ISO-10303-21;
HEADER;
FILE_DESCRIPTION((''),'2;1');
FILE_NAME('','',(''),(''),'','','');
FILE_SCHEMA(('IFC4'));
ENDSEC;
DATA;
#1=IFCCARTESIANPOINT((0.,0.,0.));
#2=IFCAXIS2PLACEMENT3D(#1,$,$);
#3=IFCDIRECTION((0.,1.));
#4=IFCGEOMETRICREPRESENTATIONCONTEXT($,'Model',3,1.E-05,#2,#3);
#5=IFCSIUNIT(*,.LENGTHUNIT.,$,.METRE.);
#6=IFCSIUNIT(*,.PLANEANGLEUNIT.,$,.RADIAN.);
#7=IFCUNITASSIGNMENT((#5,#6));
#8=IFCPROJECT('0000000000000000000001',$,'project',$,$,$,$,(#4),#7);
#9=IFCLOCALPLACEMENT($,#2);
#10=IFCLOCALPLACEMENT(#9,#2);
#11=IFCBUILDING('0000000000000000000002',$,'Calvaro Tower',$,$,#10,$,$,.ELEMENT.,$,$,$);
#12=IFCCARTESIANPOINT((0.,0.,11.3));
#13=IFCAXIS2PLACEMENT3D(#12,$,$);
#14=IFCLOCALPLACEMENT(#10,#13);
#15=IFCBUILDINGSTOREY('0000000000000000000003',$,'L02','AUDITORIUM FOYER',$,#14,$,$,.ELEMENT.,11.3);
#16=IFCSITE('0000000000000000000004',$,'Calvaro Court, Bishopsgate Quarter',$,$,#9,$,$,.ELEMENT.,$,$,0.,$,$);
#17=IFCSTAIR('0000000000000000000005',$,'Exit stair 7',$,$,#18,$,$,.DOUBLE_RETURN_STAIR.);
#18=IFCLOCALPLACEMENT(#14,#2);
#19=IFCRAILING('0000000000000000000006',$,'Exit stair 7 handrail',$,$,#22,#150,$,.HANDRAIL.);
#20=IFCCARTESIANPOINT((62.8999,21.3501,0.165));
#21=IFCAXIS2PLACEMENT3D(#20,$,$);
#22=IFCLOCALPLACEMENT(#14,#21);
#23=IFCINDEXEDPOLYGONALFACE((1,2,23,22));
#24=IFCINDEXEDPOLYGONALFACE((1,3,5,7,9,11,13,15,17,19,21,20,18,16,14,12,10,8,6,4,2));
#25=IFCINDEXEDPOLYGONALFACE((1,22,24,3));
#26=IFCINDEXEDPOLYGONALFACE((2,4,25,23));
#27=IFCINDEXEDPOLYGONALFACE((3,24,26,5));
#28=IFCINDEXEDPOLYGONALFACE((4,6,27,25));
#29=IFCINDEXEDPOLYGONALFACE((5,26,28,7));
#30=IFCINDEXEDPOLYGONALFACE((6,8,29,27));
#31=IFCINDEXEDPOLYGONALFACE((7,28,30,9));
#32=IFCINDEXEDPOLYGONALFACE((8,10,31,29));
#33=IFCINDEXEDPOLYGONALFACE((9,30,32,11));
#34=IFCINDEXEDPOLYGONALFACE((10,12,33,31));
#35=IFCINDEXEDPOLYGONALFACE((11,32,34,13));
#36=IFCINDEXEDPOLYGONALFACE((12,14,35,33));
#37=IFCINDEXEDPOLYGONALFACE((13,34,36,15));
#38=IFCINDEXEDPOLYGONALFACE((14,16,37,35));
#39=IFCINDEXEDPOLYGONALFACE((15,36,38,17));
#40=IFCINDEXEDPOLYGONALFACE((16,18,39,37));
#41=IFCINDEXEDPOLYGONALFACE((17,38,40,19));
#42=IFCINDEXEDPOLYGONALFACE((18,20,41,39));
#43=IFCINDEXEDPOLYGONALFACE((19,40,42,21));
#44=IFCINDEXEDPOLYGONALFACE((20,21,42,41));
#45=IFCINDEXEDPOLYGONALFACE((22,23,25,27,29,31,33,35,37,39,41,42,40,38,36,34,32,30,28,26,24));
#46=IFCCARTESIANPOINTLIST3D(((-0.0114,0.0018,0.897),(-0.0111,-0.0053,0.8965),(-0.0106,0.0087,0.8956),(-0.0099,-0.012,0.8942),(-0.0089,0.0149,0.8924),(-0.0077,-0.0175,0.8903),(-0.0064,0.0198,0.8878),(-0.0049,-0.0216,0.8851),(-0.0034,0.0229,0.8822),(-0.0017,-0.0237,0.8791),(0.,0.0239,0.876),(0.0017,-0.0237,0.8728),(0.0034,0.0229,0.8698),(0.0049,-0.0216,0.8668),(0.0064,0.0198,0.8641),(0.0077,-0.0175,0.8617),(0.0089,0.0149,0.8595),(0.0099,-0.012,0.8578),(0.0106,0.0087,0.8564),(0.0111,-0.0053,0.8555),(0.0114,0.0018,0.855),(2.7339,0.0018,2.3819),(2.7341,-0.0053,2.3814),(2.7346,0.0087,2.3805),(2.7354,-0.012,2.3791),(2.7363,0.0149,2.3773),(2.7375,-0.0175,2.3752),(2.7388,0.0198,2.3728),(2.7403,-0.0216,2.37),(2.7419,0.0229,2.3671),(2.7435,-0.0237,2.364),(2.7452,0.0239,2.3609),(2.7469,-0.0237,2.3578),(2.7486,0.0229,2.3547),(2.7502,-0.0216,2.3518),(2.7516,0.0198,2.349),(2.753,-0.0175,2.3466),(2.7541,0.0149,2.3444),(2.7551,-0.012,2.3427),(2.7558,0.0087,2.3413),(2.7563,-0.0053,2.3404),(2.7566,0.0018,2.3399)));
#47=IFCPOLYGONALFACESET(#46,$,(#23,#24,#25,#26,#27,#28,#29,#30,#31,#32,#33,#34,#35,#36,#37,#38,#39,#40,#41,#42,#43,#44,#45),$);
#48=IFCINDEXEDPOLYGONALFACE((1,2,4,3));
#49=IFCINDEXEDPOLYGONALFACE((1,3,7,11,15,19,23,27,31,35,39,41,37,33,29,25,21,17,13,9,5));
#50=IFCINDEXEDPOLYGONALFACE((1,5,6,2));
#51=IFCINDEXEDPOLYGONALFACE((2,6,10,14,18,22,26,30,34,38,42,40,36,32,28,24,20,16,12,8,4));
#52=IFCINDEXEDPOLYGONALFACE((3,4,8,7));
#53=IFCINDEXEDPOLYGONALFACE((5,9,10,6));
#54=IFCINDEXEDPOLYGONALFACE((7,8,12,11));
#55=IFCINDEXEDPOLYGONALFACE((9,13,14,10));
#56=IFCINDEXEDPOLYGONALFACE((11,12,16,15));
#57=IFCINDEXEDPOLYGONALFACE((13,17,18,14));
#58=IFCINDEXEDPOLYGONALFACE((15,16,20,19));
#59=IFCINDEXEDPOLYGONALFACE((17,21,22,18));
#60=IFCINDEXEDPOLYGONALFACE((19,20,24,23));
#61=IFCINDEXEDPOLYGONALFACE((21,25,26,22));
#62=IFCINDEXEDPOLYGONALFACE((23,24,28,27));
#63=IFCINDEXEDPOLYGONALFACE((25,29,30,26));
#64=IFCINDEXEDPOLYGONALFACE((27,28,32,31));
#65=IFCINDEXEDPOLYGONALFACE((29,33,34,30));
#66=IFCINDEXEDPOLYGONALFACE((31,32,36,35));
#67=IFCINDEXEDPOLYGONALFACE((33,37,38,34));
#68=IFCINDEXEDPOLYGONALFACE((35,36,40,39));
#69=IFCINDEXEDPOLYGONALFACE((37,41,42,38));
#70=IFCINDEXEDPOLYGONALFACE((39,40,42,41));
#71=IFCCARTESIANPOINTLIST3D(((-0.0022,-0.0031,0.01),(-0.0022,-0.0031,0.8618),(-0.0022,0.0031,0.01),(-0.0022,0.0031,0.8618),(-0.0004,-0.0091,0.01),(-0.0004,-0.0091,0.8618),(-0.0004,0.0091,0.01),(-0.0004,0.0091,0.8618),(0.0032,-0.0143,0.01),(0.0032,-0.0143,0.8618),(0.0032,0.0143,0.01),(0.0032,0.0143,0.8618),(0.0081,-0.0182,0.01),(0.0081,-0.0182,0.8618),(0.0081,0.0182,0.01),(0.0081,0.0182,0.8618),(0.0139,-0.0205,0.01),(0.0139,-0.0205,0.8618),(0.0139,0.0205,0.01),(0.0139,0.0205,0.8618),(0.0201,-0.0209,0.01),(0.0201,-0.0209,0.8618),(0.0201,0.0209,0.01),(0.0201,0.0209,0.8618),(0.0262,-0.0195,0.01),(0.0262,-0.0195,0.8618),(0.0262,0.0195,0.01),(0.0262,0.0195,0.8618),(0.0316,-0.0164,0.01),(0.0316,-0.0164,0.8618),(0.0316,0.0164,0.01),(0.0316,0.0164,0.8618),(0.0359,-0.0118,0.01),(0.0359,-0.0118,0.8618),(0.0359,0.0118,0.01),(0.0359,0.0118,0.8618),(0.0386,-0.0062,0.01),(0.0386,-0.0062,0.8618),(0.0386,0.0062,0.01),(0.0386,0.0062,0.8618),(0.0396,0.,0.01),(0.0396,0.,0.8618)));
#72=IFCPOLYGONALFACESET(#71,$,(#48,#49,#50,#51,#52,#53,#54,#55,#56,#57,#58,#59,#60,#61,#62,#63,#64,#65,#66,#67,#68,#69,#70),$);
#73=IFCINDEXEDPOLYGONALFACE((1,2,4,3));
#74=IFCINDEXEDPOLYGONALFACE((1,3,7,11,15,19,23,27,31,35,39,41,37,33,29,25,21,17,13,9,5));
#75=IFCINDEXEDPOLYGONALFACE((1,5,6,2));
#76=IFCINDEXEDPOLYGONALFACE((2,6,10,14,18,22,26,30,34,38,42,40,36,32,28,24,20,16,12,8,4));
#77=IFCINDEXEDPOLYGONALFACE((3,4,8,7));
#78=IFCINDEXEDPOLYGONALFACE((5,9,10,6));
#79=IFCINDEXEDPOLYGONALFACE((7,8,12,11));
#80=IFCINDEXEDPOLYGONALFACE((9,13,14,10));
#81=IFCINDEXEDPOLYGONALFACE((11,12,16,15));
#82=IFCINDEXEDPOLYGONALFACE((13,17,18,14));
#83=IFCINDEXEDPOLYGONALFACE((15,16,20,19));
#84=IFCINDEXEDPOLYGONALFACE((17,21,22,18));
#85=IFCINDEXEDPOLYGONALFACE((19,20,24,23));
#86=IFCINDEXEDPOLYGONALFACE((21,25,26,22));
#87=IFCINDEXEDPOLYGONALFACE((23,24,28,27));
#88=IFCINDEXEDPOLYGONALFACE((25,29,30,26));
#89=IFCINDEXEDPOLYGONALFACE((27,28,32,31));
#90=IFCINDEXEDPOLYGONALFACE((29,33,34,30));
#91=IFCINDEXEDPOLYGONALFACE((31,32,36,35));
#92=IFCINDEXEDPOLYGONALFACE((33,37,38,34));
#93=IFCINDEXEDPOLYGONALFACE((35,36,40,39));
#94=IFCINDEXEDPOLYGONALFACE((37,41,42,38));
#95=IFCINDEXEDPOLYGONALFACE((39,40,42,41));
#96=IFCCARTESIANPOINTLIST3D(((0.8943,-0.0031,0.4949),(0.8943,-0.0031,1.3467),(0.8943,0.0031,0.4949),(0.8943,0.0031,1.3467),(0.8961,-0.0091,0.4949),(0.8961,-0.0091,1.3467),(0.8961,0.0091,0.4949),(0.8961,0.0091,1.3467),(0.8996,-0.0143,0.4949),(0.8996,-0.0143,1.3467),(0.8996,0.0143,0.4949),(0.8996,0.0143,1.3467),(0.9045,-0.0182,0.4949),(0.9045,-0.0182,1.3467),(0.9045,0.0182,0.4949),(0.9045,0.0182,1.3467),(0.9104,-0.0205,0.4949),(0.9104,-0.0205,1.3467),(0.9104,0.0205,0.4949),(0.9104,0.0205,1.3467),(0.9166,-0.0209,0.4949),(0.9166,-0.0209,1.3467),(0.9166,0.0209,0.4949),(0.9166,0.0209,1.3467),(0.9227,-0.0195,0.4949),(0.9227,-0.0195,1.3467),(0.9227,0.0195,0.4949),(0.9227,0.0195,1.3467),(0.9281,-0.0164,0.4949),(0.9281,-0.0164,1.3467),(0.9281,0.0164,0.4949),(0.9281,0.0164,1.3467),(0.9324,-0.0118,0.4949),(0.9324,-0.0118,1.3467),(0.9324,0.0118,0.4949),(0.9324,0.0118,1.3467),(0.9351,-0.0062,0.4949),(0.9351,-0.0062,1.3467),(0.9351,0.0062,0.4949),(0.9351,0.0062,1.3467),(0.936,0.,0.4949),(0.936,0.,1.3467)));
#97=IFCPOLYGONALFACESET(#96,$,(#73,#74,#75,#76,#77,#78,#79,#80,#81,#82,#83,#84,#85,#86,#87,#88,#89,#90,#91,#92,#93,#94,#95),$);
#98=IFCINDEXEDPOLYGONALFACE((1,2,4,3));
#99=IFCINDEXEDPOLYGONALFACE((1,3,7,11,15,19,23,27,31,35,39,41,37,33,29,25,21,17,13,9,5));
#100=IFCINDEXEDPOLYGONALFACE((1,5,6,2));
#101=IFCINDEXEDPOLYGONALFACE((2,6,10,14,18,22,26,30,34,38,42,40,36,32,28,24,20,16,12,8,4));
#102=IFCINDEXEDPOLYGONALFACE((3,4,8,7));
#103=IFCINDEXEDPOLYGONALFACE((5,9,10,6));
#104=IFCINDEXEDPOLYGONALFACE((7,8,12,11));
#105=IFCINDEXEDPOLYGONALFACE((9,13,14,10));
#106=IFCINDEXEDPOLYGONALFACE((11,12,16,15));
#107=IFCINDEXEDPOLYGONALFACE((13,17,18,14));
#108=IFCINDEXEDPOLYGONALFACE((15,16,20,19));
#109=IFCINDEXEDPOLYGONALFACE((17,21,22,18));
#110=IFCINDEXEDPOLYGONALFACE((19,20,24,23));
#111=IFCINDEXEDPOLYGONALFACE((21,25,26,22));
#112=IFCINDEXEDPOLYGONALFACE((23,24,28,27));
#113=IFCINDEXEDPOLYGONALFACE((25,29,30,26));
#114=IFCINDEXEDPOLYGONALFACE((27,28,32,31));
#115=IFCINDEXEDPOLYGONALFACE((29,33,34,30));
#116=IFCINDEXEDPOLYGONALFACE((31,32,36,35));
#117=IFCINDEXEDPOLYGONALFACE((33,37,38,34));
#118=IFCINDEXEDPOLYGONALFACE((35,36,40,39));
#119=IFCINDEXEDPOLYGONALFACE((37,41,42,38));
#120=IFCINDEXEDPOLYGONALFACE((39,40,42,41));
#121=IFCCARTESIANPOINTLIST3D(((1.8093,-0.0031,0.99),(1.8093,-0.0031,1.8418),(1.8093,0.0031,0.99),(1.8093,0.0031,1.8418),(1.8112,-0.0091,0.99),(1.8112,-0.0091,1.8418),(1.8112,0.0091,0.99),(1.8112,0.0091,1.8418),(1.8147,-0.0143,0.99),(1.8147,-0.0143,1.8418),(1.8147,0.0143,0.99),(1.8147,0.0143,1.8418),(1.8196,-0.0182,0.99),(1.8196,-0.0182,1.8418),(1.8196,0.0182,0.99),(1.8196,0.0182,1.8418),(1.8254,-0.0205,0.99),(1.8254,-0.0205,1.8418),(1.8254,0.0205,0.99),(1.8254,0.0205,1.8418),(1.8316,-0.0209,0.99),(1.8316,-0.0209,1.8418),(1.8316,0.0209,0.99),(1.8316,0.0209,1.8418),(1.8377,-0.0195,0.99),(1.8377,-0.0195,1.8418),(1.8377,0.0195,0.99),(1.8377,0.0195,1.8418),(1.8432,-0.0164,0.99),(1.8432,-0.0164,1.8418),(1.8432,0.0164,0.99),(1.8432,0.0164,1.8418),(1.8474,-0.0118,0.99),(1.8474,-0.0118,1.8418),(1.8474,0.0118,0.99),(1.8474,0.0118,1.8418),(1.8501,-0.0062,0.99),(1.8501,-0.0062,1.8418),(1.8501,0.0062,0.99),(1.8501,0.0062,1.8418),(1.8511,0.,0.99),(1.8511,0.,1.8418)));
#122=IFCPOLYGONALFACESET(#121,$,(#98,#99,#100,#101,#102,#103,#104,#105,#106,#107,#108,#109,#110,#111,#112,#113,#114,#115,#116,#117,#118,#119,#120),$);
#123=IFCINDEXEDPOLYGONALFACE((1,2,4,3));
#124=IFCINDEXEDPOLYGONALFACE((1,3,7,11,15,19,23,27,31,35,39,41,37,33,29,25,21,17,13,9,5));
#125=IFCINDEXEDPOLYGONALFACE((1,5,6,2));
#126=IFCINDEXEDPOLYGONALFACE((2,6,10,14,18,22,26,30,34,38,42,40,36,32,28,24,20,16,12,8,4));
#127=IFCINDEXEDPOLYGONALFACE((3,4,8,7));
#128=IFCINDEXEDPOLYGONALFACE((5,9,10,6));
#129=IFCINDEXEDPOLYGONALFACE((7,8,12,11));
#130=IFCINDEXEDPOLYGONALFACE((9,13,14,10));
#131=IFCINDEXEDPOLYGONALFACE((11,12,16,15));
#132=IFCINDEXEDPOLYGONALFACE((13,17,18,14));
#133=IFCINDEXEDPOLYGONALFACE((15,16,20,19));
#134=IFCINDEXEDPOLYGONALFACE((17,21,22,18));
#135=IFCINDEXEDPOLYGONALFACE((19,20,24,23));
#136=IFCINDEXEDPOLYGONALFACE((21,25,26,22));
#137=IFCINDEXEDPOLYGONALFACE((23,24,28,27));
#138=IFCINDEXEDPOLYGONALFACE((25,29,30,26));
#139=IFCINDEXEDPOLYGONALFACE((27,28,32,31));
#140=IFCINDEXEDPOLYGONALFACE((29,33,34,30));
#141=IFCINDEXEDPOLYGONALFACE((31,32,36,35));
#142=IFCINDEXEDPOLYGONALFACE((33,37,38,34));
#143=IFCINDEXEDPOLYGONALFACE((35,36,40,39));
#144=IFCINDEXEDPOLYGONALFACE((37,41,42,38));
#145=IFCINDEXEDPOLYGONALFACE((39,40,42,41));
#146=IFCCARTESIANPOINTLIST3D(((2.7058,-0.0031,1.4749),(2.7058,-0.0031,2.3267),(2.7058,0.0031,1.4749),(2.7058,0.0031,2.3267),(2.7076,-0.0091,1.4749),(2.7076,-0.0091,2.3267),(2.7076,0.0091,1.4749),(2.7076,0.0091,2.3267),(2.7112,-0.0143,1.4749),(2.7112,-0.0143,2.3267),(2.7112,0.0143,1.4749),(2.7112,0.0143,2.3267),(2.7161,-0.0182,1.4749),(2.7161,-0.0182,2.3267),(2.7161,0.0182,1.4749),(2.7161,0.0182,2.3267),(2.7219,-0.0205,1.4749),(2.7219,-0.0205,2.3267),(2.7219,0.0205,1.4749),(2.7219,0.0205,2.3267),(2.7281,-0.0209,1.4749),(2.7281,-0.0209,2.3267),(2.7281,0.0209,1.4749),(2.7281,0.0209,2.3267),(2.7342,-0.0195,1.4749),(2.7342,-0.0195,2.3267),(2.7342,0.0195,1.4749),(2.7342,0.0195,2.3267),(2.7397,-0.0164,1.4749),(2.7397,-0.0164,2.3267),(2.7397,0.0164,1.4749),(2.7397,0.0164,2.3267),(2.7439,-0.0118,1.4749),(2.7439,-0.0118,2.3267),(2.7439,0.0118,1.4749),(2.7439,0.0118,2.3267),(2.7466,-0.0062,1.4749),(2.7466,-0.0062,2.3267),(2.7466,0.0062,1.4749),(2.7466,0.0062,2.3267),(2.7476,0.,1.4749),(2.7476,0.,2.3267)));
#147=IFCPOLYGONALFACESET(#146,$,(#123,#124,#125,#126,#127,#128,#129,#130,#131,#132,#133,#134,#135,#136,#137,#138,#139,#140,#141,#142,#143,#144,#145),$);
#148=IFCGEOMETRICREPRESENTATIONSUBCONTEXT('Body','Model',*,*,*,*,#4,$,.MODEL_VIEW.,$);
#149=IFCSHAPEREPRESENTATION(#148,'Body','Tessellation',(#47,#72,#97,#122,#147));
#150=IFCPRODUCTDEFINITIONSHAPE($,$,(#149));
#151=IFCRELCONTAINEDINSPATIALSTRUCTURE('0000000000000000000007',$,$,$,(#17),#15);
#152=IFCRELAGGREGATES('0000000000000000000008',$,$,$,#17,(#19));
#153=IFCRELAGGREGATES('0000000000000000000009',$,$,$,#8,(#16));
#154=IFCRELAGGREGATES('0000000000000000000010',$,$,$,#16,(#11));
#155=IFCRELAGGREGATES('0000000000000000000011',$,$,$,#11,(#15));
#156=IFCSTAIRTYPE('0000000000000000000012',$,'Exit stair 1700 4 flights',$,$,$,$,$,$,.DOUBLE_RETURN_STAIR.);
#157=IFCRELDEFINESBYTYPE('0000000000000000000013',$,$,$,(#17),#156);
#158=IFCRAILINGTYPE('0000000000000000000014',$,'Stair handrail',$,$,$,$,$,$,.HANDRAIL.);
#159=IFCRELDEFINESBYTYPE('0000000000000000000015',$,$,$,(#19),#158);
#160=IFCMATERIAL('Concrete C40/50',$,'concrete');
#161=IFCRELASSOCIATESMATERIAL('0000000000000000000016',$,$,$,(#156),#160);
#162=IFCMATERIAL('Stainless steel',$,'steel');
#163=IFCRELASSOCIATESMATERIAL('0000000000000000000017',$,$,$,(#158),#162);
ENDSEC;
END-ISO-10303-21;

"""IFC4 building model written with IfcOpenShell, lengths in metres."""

from ifc_helpers import new_model, si_unit, direction, frame, origin, origin_2d, place, context, subcontext, project, spatial, circle, extrude, material, type_object, element, aggregate, save


model = new_model("IFC4")

# Units and contexts
model_context = context("Model", 3, precision=1e-05, world=origin(), true_north=direction((0.0, 1.0)))
body_context = subcontext(model_context, "Body", "Model", "MODEL_VIEW")
ifc_project = project(units=[si_unit("LENGTHUNIT", "METRE"), si_unit("PLANEANGLEUNIT", "RADIAN")], contexts=[model_context])

# Site, building, storey
site_placement = place(None, origin())
site = spatial("IfcSite", under=ifc_project, at=site_placement, Name="Calvaro Court, Bishopsgate Quarter", CompositionType="ELEMENT", RefElevation=0.0)
building_placement = place(site_placement, origin())
building = spatial("IfcBuilding", under=site, at=building_placement, Name="Calvaro Tower", CompositionType="ELEMENT")
storey_placement = place(building_placement, frame((0.0, 0.0, 11.3)))
storey = spatial("IfcBuildingStorey", under=building, at=storey_placement, Name="L02", Description="AUDITORIUM FOYER", CompositionType="ELEMENT", Elevation=11.3)

# Stair, railing
ifc_material_1 = material(Name="Concrete C40/50", Category="concrete")
stair_type = type_object("IfcStairType", Name="Exit stair 1700 4 flights", PredefinedType="DOUBLE_RETURN_STAIR", material=ifc_material_1)
stair_placement = place(storey_placement, origin())
stair = element("IfcStair", 1, at=stair_placement, inside=storey, type_object=stair_type, Name="Exit stair 7", PredefinedType="DOUBLE_RETURN_STAIR")
ifc_material_2 = material(Name="Stainless steel", Category="steel")
railing_type = type_object("IfcRailingType", Name="Stair handrail", PredefinedType="HANDRAIL", material=ifc_material_2)
railing_1_placement = place(storey_placement, frame((62.8999, 21.3501, 0.165)))
railing_1 = element("IfcRailing", 2, at=railing_1_placement, type_object=railing_type, Name="Exit stair 7 handrail", PredefinedType="HANDRAIL", context=body_context, shape_type="SweptSolid", body=[
    extrude(circle(Radius=0.0239, at=origin_2d()), frame((0.0, 0.0, 0.876), z_axis=(0.87957, 0.0, 0.475769), x_axis=(0.0, 1.0, 0.0)), (0.0, 0.0, 1.0), 3.1211),
    extrude(circle(Radius=0.021, at=origin_2d()), frame((0.0186, 0.0, 0.01)), (0.0, 0.0, 1.0), 0.8518),
    extrude(circle(Radius=0.021, at=origin_2d()), frame((0.915, 0.0, 0.4949)), (0.0, 0.0, 1.0), 0.8518),
    extrude(circle(Radius=0.021, at=origin_2d()), frame((1.8301, 0.0, 0.99)), (0.0, 0.0, 1.0), 0.8518),
    extrude(circle(Radius=0.021, at=origin_2d()), frame((2.7266, 0.0, 1.4749)), (0.0, 0.0, 1.0), 0.8518),
])
aggregate(stair, [railing_1])

save(model, "model.ifc")
